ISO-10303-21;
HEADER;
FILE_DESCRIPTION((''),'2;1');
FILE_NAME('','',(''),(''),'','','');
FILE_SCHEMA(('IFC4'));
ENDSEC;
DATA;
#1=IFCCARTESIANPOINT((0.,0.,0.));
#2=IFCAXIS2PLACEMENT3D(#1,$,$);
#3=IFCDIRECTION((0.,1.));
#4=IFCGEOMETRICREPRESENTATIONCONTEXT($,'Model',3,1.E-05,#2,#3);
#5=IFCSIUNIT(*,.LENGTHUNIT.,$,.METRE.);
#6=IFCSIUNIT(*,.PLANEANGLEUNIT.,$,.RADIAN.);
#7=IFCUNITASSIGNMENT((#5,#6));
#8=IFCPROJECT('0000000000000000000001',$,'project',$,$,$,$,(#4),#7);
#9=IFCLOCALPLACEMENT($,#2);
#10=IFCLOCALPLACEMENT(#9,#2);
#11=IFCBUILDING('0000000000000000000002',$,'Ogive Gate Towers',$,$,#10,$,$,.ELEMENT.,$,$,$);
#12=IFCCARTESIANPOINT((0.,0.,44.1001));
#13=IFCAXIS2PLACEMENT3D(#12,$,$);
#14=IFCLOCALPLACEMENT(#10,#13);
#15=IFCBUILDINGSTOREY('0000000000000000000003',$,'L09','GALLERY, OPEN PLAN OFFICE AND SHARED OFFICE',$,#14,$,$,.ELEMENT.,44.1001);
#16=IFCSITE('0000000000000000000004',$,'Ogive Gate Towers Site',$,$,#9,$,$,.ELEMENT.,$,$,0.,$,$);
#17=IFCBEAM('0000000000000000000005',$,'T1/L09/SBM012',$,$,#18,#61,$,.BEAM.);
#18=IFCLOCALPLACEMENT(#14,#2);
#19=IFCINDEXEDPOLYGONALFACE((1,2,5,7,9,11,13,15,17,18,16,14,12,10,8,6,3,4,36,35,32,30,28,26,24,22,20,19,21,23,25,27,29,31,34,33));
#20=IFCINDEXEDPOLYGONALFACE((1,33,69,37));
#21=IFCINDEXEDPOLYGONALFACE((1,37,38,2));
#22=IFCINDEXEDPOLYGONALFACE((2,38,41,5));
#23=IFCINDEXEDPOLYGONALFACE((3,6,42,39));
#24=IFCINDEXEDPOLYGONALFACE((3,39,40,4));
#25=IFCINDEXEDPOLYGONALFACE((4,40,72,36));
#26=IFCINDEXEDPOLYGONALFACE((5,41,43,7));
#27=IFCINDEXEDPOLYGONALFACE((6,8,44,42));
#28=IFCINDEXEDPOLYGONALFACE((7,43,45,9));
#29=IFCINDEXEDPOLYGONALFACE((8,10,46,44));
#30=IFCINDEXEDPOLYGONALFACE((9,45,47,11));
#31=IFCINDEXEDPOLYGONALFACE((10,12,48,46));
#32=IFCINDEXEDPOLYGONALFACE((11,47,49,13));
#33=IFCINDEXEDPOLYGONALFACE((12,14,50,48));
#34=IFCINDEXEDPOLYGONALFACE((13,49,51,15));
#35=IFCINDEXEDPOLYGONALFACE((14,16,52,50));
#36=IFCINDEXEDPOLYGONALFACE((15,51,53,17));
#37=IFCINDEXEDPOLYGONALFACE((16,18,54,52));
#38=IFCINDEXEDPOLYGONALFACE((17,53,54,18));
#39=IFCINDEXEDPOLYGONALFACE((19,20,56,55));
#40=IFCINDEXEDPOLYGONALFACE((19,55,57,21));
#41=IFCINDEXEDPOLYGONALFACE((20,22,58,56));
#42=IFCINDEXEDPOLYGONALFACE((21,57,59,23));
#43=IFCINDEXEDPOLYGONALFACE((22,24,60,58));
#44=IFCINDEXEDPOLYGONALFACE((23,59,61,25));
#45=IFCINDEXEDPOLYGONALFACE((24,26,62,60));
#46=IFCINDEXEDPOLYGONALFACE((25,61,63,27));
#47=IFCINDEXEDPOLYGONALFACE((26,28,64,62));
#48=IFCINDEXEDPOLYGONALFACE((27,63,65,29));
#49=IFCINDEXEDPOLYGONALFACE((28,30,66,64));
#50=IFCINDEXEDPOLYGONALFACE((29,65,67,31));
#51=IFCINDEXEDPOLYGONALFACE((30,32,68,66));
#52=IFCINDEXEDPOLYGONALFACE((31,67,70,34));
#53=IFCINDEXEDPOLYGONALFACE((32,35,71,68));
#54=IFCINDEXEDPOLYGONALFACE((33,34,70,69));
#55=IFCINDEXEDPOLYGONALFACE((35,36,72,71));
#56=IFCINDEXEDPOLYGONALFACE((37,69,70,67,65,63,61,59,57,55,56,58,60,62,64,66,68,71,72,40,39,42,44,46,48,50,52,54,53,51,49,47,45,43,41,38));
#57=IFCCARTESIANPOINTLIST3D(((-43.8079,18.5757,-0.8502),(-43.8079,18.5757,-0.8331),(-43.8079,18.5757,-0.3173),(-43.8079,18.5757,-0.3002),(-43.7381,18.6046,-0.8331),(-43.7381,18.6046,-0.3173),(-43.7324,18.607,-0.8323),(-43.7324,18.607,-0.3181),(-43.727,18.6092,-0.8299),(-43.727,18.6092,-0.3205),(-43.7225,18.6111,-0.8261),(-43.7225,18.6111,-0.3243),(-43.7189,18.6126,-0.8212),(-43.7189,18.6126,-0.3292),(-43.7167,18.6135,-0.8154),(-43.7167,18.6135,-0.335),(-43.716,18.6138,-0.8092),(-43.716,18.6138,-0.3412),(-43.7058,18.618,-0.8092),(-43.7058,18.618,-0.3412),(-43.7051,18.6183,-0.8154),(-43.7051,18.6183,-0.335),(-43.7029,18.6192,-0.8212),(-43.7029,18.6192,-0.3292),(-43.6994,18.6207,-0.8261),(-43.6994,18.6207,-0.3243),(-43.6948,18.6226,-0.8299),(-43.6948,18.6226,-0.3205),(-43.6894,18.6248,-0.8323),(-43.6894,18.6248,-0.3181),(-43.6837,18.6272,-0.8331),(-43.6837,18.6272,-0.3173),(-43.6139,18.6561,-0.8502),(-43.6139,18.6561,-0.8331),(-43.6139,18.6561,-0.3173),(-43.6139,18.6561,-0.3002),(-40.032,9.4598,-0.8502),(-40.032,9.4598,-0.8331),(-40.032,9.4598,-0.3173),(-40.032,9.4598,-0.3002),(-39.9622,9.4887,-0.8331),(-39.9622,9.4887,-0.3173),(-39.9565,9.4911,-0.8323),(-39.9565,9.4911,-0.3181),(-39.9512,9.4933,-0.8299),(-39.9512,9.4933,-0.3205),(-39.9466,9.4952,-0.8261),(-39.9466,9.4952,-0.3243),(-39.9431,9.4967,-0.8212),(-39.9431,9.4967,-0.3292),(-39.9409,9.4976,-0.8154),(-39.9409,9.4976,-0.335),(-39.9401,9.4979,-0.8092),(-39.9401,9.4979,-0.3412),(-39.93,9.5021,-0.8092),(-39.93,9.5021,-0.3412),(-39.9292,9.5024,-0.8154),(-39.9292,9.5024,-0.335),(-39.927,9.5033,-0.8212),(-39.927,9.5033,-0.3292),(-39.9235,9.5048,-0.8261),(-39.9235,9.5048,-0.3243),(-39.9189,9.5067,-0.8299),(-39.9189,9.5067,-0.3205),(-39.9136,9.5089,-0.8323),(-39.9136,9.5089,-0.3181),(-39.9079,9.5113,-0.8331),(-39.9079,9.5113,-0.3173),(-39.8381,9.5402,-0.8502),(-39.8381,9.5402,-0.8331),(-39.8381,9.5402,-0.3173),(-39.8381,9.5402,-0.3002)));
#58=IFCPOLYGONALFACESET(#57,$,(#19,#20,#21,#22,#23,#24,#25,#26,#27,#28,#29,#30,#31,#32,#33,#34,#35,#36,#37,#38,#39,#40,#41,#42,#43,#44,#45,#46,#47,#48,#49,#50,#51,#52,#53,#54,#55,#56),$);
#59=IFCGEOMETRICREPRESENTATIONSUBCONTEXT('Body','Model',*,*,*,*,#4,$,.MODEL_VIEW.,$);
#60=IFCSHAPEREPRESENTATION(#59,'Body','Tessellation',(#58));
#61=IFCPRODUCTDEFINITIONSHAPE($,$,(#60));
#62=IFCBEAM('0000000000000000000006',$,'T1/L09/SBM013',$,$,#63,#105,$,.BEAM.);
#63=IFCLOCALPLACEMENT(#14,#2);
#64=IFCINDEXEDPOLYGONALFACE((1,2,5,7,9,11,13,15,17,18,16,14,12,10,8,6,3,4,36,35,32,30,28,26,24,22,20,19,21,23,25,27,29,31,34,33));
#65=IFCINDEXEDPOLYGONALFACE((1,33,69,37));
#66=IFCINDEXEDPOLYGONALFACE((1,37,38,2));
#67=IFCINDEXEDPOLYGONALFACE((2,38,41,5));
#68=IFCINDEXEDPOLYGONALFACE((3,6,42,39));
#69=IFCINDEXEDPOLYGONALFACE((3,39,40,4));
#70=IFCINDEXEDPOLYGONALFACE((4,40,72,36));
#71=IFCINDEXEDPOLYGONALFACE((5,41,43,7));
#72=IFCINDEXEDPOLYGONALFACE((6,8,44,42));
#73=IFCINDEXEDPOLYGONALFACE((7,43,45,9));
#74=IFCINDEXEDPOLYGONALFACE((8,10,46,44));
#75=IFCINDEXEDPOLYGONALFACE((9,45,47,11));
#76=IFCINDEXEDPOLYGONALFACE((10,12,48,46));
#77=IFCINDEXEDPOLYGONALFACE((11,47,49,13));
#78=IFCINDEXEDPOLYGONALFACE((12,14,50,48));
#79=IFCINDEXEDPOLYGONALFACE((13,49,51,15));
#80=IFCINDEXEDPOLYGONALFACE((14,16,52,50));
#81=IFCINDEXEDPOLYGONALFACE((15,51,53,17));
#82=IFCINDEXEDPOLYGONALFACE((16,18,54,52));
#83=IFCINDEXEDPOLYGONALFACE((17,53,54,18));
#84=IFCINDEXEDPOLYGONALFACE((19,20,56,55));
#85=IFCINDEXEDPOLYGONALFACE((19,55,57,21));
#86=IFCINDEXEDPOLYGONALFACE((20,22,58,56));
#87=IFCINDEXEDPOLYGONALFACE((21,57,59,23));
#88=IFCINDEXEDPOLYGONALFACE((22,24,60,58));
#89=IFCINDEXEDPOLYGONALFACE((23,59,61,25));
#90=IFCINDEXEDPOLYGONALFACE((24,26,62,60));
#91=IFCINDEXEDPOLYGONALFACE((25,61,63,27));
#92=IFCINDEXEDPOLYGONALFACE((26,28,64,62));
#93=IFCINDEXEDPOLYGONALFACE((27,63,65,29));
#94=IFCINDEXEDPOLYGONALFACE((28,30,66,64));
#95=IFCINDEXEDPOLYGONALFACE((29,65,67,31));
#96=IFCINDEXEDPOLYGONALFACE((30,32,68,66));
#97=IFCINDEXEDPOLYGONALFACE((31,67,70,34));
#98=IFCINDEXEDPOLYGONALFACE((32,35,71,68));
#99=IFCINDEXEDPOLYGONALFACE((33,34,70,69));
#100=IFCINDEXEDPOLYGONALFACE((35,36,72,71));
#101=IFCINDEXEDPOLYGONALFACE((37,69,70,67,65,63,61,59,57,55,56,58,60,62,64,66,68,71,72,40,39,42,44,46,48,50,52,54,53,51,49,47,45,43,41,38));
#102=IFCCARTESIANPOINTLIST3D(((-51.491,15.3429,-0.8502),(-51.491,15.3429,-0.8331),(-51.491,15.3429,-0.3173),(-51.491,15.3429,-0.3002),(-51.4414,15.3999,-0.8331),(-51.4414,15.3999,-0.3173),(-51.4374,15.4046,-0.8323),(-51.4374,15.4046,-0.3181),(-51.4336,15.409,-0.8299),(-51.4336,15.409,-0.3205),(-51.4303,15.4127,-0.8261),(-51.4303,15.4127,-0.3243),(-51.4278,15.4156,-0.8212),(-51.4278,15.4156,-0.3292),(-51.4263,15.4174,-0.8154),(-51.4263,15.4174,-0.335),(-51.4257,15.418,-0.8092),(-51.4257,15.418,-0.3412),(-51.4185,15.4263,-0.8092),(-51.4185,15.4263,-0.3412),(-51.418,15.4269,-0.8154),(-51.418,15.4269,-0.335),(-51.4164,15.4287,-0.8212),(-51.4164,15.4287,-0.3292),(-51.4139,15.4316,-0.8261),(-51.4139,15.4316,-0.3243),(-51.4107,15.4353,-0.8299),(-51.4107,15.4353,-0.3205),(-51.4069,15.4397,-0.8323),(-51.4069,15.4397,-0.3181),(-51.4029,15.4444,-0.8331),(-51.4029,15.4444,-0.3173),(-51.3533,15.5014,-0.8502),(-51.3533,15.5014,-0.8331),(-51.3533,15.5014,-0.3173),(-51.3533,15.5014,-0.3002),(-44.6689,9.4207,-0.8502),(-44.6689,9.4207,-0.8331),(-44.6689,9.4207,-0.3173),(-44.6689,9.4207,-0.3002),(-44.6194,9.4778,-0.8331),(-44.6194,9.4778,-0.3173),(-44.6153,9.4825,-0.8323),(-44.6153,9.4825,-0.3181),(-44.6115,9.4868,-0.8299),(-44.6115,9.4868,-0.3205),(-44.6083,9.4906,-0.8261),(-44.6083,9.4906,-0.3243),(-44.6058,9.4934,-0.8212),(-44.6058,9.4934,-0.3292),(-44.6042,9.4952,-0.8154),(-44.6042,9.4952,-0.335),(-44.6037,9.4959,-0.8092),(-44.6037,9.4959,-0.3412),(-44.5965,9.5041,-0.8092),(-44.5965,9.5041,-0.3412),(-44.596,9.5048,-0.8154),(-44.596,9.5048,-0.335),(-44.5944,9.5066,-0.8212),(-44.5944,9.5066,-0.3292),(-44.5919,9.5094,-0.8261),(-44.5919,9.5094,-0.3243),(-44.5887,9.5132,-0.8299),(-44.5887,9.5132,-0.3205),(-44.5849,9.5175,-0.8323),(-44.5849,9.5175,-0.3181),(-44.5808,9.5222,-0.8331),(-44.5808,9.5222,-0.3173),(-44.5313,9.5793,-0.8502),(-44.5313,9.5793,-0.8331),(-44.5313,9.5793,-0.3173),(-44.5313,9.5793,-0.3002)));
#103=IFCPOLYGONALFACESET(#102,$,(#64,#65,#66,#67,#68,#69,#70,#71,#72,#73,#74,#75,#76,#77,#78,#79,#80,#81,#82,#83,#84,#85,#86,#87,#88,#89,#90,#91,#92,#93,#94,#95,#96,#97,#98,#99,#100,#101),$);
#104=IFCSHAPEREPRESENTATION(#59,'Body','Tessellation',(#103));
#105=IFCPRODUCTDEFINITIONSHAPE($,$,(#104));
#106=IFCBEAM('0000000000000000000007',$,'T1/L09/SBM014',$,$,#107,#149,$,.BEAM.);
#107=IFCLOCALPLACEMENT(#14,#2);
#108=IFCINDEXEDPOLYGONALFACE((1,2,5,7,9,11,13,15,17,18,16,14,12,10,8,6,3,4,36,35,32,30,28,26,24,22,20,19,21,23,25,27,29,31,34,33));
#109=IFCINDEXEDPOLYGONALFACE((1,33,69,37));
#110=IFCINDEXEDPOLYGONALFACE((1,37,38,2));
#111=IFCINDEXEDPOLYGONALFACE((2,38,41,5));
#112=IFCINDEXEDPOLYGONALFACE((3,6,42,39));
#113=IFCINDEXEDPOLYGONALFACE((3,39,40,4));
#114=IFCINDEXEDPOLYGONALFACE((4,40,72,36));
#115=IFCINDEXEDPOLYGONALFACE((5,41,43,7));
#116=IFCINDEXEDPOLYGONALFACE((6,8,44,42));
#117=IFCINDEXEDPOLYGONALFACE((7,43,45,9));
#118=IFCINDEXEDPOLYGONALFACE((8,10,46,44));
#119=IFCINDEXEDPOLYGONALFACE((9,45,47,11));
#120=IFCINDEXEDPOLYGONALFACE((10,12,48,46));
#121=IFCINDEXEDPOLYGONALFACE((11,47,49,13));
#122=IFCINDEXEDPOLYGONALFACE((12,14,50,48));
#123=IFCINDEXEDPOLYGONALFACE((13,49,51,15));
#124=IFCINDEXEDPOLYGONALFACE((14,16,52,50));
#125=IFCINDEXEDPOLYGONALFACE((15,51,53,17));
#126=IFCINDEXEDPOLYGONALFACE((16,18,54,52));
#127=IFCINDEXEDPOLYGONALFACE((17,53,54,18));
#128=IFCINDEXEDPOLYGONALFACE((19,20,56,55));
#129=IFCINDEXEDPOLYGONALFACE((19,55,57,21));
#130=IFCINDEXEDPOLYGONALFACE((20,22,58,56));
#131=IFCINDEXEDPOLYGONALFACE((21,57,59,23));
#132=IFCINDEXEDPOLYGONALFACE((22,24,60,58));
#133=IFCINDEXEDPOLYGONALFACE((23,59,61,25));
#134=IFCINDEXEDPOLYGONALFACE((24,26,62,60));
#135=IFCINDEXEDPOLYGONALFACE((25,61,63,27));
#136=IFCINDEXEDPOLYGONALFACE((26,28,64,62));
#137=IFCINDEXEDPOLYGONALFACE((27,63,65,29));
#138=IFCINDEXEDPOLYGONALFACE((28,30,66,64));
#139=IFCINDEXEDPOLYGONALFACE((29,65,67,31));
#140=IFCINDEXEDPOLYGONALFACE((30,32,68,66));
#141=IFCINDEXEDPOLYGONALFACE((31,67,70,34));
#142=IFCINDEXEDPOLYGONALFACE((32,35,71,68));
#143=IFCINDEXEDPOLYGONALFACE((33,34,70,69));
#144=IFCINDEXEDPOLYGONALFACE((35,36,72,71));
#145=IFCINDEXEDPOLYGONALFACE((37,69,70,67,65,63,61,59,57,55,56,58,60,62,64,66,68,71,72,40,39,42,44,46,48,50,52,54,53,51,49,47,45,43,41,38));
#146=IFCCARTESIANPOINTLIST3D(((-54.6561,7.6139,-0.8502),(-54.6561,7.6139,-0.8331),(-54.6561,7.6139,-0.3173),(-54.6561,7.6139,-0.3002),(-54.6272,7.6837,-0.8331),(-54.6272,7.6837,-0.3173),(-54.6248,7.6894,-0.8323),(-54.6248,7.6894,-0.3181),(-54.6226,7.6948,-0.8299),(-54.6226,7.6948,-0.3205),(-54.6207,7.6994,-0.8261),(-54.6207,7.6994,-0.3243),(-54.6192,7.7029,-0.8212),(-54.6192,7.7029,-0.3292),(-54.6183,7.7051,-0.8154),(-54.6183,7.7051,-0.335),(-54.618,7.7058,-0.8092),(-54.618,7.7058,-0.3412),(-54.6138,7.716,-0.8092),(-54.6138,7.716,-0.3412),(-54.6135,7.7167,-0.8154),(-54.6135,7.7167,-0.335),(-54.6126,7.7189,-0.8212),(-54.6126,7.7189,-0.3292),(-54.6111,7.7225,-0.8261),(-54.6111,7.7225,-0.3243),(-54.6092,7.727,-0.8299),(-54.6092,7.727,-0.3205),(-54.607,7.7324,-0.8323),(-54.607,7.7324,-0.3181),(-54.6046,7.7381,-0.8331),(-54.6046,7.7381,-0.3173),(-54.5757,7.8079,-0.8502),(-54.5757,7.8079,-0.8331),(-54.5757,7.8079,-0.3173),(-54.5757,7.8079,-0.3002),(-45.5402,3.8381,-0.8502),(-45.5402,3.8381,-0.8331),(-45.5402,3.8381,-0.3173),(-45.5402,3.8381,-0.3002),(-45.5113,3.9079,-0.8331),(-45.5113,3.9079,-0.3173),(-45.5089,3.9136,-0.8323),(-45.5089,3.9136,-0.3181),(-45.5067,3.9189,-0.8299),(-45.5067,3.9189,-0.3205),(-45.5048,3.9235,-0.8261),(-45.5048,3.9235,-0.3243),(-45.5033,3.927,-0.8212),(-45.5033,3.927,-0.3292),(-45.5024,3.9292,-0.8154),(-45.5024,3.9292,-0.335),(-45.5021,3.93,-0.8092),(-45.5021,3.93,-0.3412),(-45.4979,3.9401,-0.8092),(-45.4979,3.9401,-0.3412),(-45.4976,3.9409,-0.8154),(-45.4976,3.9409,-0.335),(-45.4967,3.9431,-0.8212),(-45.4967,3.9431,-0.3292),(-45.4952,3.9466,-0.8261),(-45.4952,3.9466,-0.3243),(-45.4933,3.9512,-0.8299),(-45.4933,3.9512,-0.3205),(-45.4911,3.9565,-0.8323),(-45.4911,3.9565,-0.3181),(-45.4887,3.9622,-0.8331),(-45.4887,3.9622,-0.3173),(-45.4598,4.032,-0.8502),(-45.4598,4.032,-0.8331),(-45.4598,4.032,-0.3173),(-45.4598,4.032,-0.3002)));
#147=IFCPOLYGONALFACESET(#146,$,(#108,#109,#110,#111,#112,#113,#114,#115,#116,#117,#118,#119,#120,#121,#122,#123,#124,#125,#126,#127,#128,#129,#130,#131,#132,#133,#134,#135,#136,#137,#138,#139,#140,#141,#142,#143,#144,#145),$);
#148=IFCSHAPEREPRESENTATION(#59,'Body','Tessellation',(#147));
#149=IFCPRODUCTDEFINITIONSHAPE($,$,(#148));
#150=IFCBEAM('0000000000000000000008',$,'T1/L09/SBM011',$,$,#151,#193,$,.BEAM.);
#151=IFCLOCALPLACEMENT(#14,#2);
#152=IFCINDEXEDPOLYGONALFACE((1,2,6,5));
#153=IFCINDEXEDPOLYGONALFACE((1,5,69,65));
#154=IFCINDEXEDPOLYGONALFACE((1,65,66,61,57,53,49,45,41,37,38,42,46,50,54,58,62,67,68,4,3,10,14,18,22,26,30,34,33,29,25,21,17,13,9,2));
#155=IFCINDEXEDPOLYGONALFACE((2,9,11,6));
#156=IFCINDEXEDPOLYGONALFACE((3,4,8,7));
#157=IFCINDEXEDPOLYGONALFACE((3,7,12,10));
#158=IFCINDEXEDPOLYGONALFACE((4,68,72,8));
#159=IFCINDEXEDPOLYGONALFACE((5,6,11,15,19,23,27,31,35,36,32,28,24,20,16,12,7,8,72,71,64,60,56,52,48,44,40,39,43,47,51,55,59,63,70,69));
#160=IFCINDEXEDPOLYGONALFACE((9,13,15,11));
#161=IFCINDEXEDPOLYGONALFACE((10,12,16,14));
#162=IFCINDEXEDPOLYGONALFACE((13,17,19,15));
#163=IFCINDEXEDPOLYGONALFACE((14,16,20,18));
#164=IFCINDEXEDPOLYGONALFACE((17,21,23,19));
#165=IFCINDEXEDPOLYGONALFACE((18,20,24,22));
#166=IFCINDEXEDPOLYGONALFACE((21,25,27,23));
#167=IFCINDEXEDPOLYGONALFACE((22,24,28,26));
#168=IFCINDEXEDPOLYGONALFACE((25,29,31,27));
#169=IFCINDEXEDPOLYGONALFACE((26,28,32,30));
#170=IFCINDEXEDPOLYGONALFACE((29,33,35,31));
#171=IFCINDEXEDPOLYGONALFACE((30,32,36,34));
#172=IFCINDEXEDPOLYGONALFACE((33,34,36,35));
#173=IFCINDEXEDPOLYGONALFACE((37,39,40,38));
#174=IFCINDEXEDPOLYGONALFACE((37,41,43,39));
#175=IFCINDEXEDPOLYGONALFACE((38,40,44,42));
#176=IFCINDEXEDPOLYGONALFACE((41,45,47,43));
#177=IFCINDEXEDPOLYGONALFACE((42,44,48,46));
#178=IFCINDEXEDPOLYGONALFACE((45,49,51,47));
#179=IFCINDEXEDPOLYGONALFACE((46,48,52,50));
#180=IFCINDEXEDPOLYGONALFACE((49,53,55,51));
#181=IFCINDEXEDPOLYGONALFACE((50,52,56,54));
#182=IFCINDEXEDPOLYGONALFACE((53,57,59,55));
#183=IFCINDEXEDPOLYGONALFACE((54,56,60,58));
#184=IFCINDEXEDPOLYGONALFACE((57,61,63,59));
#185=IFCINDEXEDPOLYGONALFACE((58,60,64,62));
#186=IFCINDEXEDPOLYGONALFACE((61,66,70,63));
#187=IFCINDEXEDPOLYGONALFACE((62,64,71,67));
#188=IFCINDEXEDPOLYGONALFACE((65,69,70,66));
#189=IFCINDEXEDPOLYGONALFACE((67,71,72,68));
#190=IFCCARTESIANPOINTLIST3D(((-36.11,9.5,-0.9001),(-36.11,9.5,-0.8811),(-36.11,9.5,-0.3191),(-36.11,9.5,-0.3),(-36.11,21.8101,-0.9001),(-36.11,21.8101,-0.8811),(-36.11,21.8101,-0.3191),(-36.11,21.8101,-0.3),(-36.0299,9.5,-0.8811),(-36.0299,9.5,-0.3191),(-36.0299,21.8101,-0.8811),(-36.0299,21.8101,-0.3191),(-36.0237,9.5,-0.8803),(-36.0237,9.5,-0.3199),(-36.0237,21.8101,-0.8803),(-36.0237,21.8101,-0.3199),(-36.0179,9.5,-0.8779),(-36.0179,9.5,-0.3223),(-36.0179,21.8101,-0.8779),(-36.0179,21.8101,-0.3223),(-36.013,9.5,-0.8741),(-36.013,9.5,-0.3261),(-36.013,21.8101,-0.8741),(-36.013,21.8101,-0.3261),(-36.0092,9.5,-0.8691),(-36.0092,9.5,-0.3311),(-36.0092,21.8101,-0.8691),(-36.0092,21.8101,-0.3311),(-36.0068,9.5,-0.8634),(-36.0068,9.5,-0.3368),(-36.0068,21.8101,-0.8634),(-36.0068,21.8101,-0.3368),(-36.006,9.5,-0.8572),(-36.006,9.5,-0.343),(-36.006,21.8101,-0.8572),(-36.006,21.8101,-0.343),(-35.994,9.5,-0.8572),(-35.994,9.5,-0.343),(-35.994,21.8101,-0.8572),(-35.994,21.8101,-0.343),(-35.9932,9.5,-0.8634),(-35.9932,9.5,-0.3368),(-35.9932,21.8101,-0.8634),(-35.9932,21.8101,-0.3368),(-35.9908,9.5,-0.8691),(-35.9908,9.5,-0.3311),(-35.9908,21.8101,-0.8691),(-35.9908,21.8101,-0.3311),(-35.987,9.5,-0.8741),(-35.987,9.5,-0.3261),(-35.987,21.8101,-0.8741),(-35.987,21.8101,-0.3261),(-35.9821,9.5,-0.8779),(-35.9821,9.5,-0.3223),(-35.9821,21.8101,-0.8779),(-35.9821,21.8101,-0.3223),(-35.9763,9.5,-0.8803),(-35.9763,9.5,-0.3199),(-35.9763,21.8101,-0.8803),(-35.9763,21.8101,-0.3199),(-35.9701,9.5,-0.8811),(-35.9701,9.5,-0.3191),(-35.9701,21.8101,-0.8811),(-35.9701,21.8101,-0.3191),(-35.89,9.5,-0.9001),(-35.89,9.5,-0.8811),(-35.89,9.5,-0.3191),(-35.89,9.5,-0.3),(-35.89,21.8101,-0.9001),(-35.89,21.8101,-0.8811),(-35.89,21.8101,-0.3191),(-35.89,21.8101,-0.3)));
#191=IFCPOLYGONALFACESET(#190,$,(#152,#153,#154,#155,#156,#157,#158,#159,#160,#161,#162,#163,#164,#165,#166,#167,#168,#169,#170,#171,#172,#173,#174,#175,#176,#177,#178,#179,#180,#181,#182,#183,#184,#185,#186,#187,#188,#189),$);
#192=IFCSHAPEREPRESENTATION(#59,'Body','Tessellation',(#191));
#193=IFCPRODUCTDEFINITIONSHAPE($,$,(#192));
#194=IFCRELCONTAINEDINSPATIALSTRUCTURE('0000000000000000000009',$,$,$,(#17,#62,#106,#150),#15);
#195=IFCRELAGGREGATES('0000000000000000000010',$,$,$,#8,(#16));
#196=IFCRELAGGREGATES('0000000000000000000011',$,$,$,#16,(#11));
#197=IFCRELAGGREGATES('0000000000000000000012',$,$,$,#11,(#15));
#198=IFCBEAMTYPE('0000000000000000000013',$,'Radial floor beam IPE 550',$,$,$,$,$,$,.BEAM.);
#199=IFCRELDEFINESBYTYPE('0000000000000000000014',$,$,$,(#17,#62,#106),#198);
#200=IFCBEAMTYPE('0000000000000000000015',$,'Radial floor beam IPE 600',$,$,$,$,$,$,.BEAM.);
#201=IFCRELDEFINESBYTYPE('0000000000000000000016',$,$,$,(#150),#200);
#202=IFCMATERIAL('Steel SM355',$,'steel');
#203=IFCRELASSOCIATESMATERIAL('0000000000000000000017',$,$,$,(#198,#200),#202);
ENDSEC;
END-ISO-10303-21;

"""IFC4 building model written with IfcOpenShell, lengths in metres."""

from ifc_helpers import new_model, si_unit, direction, frame, origin, origin_2d, place, context, subcontext, project, spatial, i_section, extrude, material, material_profile, profile_set, type_object, element, save


model = new_model("IFC4")

# Units and contexts
model_context = context("Model", 3, precision=1e-05, world=origin(), true_north=direction((0.0, 1.0)))
body_context = subcontext(model_context, "Body", "Model", "MODEL_VIEW")
ifc_project = project(units=[si_unit("LENGTHUNIT", "METRE"), si_unit("PLANEANGLEUNIT", "RADIAN")], contexts=[model_context])

# Site, building, storey
site_placement = place(None, origin())
site = spatial("IfcSite", under=ifc_project, at=site_placement, Name="Ogive Gate Towers Site", CompositionType="ELEMENT", RefElevation=0.0)
building_placement = place(site_placement, origin())
building = spatial("IfcBuilding", under=site, at=building_placement, Name="Ogive Gate Towers", CompositionType="ELEMENT")
storey_placement = place(building_placement, frame((0.0, 0.0, 44.1001)))
storey = spatial("IfcBuildingStorey", under=building, at=storey_placement, Name="L09", Description="GALLERY, OPEN PLAN OFFICE AND SHARED OFFICE", CompositionType="ELEMENT", Elevation=44.1001)

# Beams
ifc_material_1 = material(Name="Steel SM355", Category="steel")
ifc_material_profile_1 = material_profile(ifc_material_1, i_section(OverallWidth=0.21, OverallDepth=0.55, WebThickness=0.011, FlangeThickness=0.0171, FilletRadius=0.0239, at=origin_2d()), Name="IPE 550")
ifc_profile_set_1 = profile_set([ifc_material_profile_1], Name="Steel SM355")
beam_type_1 = type_object("IfcBeamType", Name="Radial floor beam IPE 550", PredefinedType="BEAM", material=ifc_profile_set_1)
beam_1_placement = place(storey_placement, frame((-39.9351, 9.5, -0.5752), z_axis=(-0.382677, 0.923882, 0.0), x_axis=(-0.923882, -0.382677, 0.0)))
element("IfcBeam", 1, at=beam_1_placement, inside=storey, type_object=beam_type_1, Name="T1/L09/SBM012", PredefinedType="BEAM", context=body_context, shape_type="SweptSolid", body=[
    extrude(i_section(OverallWidth=0.21, OverallDepth=0.55, WebThickness=0.011, FlangeThickness=0.0171, FilletRadius=0.0239, at=origin_2d()), origin(), (0.0, 0.0, 1.0), 9.8669),
])
beam_2_placement = place(storey_placement, frame((-44.6001, 9.5, -0.5752), z_axis=(-0.755157, 0.655544, 0.0), x_axis=(-0.655544, -0.755157, 0.0)))
element("IfcBeam", 2, at=beam_2_placement, inside=storey, type_object=beam_type_1, Name="T1/L09/SBM013", PredefinedType="BEAM", context=body_context, shape_type="SweptSolid", body=[
    extrude(i_section(OverallWidth=0.21, OverallDepth=0.55, WebThickness=0.011, FlangeThickness=0.0171, FilletRadius=0.0239, at=origin_2d()), origin(), (0.0, 0.0, 1.0), 9.0339),
])
beam_3_placement = place(storey_placement, frame((-45.5, 3.9351, -0.5752), z_axis=(-0.923882, 0.382677, 0.0), x_axis=(-0.382677, -0.923882, 0.0)))
element("IfcBeam", 3, at=beam_3_placement, inside=storey, type_object=beam_type_1, Name="T1/L09/SBM014", PredefinedType="BEAM", context=body_context, shape_type="SweptSolid", body=[
    extrude(i_section(OverallWidth=0.21, OverallDepth=0.55, WebThickness=0.011, FlangeThickness=0.0171, FilletRadius=0.0239, at=origin_2d()), origin(), (0.0, 0.0, 1.0), 9.8669),
])
ifc_material_profile_2 = material_profile(ifc_material_1, i_section(OverallWidth=0.22, OverallDepth=0.6001, WebThickness=0.012, FlangeThickness=0.019, FilletRadius=0.0239, at=origin_2d()), Name="IPE 600")
ifc_profile_set_2 = profile_set([ifc_material_profile_2], Name="Steel SM355")
beam_type_2 = type_object("IfcBeamType", Name="Radial floor beam IPE 600", PredefinedType="BEAM", material=ifc_profile_set_2)
for number, where, z_axis, x_axis, name in (
    (4, (-36.0, 9.5, -0.6001), (0.0, 1.0, 0.0), (-1.0, 0.0, 0.0), "T1/L09/SBM011"),
):
    element("IfcBeam", number, at=place(storey_placement, frame(where, z_axis=z_axis, x_axis=x_axis)), inside=storey, type_object=beam_type_2, Name=name, PredefinedType="BEAM", context=body_context, shape_type="SweptSolid", body=[
        extrude(i_section(OverallWidth=0.22, OverallDepth=0.6001, WebThickness=0.012, FlangeThickness=0.019, FilletRadius=0.0239, at=origin_2d()), origin(), (0.0, 0.0, 1.0), 12.3101),
    ])

save(model, "model.ifc")
